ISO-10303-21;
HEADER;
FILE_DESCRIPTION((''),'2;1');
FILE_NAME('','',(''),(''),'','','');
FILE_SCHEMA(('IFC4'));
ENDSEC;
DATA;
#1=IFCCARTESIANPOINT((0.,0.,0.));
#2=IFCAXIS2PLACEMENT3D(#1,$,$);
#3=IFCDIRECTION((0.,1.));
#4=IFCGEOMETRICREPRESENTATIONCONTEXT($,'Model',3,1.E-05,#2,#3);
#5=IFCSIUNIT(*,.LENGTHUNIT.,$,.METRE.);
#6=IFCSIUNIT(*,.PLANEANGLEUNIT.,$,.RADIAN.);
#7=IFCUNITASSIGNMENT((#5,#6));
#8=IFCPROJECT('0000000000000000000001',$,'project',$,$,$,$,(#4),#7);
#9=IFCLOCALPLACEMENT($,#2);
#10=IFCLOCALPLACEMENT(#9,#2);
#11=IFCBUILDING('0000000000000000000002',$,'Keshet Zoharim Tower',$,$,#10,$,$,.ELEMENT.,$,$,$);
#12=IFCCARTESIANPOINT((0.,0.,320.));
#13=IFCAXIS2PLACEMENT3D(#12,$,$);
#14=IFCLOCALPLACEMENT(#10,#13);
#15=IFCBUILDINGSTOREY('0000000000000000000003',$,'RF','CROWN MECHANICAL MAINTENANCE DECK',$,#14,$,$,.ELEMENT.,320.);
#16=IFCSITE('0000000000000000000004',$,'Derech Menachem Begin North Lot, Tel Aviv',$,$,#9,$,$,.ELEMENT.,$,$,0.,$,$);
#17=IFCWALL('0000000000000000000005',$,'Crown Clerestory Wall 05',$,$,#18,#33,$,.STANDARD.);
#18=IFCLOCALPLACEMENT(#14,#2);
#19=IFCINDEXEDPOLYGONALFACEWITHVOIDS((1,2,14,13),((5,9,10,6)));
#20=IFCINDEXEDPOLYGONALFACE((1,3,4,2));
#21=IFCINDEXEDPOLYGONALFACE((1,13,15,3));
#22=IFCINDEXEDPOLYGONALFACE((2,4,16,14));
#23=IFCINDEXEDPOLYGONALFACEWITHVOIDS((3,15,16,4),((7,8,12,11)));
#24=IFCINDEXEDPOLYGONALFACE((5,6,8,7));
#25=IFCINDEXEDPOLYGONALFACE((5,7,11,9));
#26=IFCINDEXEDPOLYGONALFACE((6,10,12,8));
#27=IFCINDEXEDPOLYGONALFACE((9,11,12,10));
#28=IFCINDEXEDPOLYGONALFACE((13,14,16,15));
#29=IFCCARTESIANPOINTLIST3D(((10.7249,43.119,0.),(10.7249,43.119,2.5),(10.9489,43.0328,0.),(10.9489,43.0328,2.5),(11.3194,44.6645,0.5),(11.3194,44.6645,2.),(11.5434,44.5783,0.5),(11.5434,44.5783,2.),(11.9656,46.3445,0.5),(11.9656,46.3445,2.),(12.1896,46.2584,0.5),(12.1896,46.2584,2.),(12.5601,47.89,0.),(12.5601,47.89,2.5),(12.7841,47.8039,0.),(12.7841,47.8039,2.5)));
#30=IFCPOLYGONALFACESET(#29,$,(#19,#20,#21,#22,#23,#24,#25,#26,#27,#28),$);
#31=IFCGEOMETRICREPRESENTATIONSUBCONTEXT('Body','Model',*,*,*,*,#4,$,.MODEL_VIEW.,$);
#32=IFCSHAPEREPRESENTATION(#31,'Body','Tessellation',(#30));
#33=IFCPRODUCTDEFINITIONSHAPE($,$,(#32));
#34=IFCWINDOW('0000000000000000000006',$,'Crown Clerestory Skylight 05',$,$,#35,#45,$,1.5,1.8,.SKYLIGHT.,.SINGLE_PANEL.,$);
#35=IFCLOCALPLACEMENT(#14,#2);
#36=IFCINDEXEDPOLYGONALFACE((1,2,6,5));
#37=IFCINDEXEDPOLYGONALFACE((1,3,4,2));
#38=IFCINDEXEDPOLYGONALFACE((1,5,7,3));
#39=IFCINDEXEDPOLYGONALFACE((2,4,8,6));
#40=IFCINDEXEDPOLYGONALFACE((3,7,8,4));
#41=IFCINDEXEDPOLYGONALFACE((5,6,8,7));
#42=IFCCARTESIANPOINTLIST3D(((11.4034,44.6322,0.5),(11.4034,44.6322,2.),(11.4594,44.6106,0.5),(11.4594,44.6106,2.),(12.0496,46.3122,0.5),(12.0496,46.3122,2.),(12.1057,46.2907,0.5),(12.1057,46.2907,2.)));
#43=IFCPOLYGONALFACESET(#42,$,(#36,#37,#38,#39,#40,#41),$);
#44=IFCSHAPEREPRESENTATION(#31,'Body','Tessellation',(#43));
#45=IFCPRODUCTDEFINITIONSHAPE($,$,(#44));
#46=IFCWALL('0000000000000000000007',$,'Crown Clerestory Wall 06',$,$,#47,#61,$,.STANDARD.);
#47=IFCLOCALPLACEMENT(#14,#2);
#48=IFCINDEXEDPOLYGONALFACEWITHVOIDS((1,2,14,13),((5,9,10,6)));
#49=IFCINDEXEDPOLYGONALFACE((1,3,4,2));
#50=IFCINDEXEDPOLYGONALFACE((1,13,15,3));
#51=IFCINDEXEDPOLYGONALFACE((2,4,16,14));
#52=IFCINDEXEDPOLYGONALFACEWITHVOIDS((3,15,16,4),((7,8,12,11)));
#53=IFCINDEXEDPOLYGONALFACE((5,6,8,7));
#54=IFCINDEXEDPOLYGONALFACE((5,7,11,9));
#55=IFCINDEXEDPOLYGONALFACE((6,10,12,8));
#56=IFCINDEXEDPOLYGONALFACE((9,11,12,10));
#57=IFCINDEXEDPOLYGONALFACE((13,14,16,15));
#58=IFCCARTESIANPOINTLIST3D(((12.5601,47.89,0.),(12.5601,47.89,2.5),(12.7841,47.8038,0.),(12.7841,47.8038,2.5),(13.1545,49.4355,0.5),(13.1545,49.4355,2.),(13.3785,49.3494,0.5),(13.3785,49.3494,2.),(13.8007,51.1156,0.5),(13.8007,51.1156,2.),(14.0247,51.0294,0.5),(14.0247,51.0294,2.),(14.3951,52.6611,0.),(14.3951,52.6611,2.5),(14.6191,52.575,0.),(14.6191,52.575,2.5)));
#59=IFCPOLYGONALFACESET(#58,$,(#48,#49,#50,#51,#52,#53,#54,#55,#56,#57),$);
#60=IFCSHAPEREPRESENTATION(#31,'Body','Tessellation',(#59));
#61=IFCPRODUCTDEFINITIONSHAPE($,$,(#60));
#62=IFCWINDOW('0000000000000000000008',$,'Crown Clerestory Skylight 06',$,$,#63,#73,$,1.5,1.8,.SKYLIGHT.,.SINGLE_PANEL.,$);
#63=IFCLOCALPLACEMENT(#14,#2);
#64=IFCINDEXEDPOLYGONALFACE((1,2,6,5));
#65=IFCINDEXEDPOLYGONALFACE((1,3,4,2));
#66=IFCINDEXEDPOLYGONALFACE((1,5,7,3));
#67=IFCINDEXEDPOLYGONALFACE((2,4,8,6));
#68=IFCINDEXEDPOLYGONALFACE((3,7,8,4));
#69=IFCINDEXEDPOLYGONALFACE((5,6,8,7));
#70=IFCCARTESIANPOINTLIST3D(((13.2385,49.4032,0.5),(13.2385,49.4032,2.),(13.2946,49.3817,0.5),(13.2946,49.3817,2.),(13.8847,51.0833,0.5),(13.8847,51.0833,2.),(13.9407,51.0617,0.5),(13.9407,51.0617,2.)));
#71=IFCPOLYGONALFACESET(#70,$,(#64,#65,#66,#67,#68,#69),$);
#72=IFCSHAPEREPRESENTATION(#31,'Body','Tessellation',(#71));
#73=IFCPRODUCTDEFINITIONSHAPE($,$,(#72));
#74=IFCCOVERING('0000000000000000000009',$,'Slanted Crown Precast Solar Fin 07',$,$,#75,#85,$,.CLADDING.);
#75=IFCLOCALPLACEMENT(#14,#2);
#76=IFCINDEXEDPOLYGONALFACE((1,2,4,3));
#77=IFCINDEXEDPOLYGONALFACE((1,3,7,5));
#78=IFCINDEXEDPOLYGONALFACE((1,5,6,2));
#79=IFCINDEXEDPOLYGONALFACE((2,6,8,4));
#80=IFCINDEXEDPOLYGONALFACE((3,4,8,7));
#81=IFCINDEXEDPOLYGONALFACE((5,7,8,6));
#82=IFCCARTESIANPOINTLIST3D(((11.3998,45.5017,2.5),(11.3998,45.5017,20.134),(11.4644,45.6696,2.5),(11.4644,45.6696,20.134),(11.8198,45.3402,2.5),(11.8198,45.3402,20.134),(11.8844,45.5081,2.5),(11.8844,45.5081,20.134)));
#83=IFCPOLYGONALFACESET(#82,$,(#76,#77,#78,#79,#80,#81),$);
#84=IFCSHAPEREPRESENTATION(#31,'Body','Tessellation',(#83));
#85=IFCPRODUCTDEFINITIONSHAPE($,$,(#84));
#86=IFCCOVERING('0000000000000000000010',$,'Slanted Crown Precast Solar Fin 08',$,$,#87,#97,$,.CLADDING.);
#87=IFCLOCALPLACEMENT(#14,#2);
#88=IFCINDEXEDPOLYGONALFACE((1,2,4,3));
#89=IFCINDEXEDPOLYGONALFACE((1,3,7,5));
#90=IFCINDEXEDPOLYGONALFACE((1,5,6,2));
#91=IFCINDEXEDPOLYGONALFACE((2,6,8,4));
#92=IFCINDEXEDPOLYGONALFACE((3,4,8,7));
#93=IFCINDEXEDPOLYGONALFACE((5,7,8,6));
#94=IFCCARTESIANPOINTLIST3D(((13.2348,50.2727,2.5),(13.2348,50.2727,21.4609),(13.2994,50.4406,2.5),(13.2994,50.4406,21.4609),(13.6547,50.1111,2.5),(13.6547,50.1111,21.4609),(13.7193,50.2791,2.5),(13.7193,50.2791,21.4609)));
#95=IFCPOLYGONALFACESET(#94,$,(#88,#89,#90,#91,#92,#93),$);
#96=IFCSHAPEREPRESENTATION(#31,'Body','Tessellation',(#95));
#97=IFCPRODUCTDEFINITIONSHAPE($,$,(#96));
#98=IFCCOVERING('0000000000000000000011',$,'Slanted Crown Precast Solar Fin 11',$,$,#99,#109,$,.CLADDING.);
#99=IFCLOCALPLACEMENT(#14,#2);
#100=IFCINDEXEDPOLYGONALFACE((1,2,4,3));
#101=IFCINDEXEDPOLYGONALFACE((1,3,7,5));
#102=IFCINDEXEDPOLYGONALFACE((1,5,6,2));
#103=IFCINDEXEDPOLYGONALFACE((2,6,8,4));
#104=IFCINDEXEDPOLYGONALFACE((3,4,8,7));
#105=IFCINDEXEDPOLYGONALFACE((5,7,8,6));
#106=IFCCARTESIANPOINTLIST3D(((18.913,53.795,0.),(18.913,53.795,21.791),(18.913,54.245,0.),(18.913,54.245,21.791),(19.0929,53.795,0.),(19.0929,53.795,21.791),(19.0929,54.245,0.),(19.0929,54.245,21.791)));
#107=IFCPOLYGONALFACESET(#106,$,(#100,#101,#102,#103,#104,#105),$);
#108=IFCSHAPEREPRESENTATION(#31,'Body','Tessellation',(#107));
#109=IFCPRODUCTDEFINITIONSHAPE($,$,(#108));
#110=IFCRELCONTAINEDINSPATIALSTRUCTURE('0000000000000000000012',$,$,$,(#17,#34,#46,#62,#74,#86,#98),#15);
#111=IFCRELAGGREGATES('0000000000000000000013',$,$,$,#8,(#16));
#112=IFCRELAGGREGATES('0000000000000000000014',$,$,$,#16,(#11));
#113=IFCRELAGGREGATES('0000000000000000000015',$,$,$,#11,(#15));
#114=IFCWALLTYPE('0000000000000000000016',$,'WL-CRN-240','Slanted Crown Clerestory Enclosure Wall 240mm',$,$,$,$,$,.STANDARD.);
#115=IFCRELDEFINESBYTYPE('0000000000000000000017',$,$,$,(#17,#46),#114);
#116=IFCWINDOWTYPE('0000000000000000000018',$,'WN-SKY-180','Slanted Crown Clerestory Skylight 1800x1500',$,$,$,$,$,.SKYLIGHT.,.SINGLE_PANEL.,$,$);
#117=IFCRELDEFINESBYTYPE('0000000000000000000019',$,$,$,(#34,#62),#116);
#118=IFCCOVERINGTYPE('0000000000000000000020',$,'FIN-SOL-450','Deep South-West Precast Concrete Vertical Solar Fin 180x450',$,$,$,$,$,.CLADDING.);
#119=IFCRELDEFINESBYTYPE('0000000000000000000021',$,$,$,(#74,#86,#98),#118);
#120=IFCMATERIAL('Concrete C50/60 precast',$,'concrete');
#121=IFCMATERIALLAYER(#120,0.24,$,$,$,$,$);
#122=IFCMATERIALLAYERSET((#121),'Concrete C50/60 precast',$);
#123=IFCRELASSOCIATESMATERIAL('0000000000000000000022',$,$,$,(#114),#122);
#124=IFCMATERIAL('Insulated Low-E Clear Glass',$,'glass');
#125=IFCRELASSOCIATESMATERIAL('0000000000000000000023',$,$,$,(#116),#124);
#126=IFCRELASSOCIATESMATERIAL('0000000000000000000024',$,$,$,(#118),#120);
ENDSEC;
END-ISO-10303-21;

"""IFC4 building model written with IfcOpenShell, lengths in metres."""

from ifc_helpers import new_model, si_unit, direction, frame, frame_2d, origin, origin_2d, place, context, subcontext, project, spatial, rectangle, extrude, material, layer, layer_set, type_object, element, fill, save


model = new_model("IFC4")

# Units and contexts
model_context = context("Model", 3, precision=1e-05, world=origin(), true_north=direction((0.0, 1.0)))
body_context = subcontext(model_context, "Body", "Model", "MODEL_VIEW")
ifc_project = project(units=[si_unit("LENGTHUNIT", "METRE"), si_unit("PLANEANGLEUNIT", "RADIAN")], contexts=[model_context])

# Site, building, storey
site_placement = place(None, origin())
site = spatial("IfcSite", under=ifc_project, at=site_placement, Name="Derech Menachem Begin North Lot, Tel Aviv", CompositionType="ELEMENT", RefElevation=0.0)
building_placement = place(site_placement, origin())
building = spatial("IfcBuilding", under=site, at=building_placement, Name="Keshet Zoharim Tower", CompositionType="ELEMENT")
storey_placement = place(building_placement, frame((0.0, 0.0, 320.0)))
storey = spatial("IfcBuildingStorey", under=building, at=storey_placement, Name="RF", Description="CROWN MECHANICAL MAINTENANCE DECK", CompositionType="ELEMENT", Elevation=320.0)

# Shared definitions
ifc_material_1 = material(Name="Insulated Low-E Clear Glass", Category="glass")

# Walls, openings, windows
ifc_material_2 = material(Name="Concrete C50/60 precast", Category="concrete")
ifc_layer_1 = layer(ifc_material_2, 0.24)
ifc_layer_set_1 = layer_set([ifc_layer_1], Name="Concrete C50/60 precast")
wall_type = type_object("IfcWallType", Name="WL-CRN-240", Description="Slanted Crown Clerestory Enclosure Wall 240mm", PredefinedType="STANDARD", material=ifc_layer_set_1)
wall_1_placement = place(storey_placement, frame((10.8369, 43.0759, 0.0), z_axis=(0.0, 0.0, 1.0), x_axis=(0.359014, 0.933332, 0.0)))
wall_1 = element("IfcWall", 1, at=wall_1_placement, inside=storey, type_object=wall_type, Name="Crown Clerestory Wall 05", PredefinedType="STANDARD", context=body_context, shape_type="SweptSolid", body=[
    extrude(rectangle(XDim=5.1118, YDim=0.24, at=frame_2d((2.5559, 0.0))), origin(), (0.0, 0.0, 1.0), 2.5),
])
opening_1_placement = place(wall_1_placement, frame((1.656, 0.0, 0.5)))
opening_1 = element("IfcOpeningElement", 2, at=opening_1_placement, cuts=wall_1, PredefinedType="OPENING", context=body_context, shape_type="SweptSolid", body=[
    extrude(rectangle(XDim=1.8, YDim=1.5, at=frame_2d((0.8999, 0.75))), frame((0.0, 0.1299, 0.0), z_axis=(0.0, -1.0, 0.0), x_axis=(1.0, 0.0, 0.0)), (0.0, 0.0, 1.0), 0.26),
])
window_type = type_object("IfcWindowType", Name="WN-SKY-180", Description="Slanted Crown Clerestory Skylight 1800x1500", PartitioningType="SINGLE_PANEL", PredefinedType="SKYLIGHT", material=ifc_material_1)
window_1_placement = place(opening_1_placement, origin())
window_1 = element("IfcWindow", 3, at=window_1_placement, inside=storey, type_object=window_type, Name="Crown Clerestory Skylight 05", OverallHeight=1.5, OverallWidth=1.8, PartitioningType="SINGLE_PANEL", PredefinedType="SKYLIGHT", context=body_context, shape_type="SweptSolid", body=[
    extrude(rectangle(XDim=1.8, YDim=1.5, at=frame_2d((0.8999, 0.75))), frame((0.0, 0.03, 0.0), z_axis=(0.0, -1.0, 0.0), x_axis=(1.0, 0.0, 0.0)), (0.0, 0.0, 1.0), 0.0601),
])
fill(opening_1, window_1)
wall_2_placement = place(storey_placement, frame((12.6721, 47.8469, 0.0), z_axis=(0.0, 0.0, 1.0), x_axis=(0.358973, 0.933348, 0.0)))
wall_2 = element("IfcWall", 4, at=wall_2_placement, inside=storey, type_object=wall_type, Name="Crown Clerestory Wall 06", PredefinedType="STANDARD", context=body_context, shape_type="SweptSolid", body=[
    extrude(rectangle(XDim=5.1118, YDim=0.24, at=frame_2d((2.5559, 0.0))), origin(), (0.0, 0.0, 1.0), 2.5),
])
opening_2_placement = place(wall_2_placement, frame((1.656, 0.0, 0.5)))
opening_2 = element("IfcOpeningElement", 5, at=opening_2_placement, cuts=wall_2, PredefinedType="OPENING", context=body_context, shape_type="SweptSolid", body=[
    extrude(rectangle(XDim=1.8, YDim=1.5, at=frame_2d((0.8999, 0.75))), frame((0.0, 0.1299, 0.0), z_axis=(0.0, -1.0, 0.0), x_axis=(1.0, 0.0, 0.0)), (0.0, 0.0, 1.0), 0.26),
])
window_2_placement = place(opening_2_placement, origin())
window_2 = element("IfcWindow", 6, at=window_2_placement, inside=storey, type_object=window_type, Name="Crown Clerestory Skylight 06", OverallHeight=1.5, OverallWidth=1.8, PartitioningType="SINGLE_PANEL", PredefinedType="SKYLIGHT", context=body_context, shape_type="SweptSolid", body=[
    extrude(rectangle(XDim=1.8, YDim=1.5, at=frame_2d((0.8999, 0.75))), frame((0.0, 0.03, 0.0), z_axis=(0.0, -1.0, 0.0), x_axis=(1.0, 0.0, 0.0)), (0.0, 0.0, 1.0), 0.0601),
])
fill(opening_2, window_2)

# Coverings
covering_type = type_object("IfcCoveringType", Name="FIN-SOL-450", Description="Deep South-West Precast Concrete Vertical Solar Fin 180x450", PredefinedType="CLADDING", material=ifc_material_2)
covering_1_placement = place(storey_placement, frame((11.6421, 45.5049, 2.5), z_axis=(0.0, 0.0, 1.0), x_axis=(0.358979, 0.933346, 0.0)))
element("IfcCovering", 7, at=covering_1_placement, inside=storey, type_object=covering_type, Name="Slanted Crown Precast Solar Fin 07", PredefinedType="CLADDING", context=body_context, shape_type="SweptSolid", body=[
    extrude(rectangle(XDim=0.1799, YDim=0.45, at=origin_2d()), origin(), (0.0, 0.0, 1.0), 17.634),
])
covering_2_placement = place(storey_placement, frame((13.4771, 50.2759, 2.5), z_axis=(0.0, 0.0, 1.0), x_axis=(0.358979, 0.933346, 0.0)))
element("IfcCovering", 8, at=covering_2_placement, inside=storey, type_object=covering_type, Name="Slanted Crown Precast Solar Fin 08", PredefinedType="CLADDING", context=body_context, shape_type="SweptSolid", body=[
    extrude(rectangle(XDim=0.1799, YDim=0.45, at=origin_2d()), origin(), (0.0, 0.0, 1.0), 18.9609),
])
covering_3_placement = place(storey_placement, frame((19.0029, 54.02, 0.0), z_axis=(0.0, 0.0, 1.0), x_axis=(1.0, 0.0, 0.0)))
element("IfcCovering", 9, at=covering_3_placement, inside=storey, type_object=covering_type, Name="Slanted Crown Precast Solar Fin 11", PredefinedType="CLADDING", context=body_context, shape_type="SweptSolid", body=[
    extrude(rectangle(XDim=0.1799, YDim=0.45, at=origin_2d()), origin(), (0.0, 0.0, 1.0), 21.791),
])

save(model, "model.ifc")
